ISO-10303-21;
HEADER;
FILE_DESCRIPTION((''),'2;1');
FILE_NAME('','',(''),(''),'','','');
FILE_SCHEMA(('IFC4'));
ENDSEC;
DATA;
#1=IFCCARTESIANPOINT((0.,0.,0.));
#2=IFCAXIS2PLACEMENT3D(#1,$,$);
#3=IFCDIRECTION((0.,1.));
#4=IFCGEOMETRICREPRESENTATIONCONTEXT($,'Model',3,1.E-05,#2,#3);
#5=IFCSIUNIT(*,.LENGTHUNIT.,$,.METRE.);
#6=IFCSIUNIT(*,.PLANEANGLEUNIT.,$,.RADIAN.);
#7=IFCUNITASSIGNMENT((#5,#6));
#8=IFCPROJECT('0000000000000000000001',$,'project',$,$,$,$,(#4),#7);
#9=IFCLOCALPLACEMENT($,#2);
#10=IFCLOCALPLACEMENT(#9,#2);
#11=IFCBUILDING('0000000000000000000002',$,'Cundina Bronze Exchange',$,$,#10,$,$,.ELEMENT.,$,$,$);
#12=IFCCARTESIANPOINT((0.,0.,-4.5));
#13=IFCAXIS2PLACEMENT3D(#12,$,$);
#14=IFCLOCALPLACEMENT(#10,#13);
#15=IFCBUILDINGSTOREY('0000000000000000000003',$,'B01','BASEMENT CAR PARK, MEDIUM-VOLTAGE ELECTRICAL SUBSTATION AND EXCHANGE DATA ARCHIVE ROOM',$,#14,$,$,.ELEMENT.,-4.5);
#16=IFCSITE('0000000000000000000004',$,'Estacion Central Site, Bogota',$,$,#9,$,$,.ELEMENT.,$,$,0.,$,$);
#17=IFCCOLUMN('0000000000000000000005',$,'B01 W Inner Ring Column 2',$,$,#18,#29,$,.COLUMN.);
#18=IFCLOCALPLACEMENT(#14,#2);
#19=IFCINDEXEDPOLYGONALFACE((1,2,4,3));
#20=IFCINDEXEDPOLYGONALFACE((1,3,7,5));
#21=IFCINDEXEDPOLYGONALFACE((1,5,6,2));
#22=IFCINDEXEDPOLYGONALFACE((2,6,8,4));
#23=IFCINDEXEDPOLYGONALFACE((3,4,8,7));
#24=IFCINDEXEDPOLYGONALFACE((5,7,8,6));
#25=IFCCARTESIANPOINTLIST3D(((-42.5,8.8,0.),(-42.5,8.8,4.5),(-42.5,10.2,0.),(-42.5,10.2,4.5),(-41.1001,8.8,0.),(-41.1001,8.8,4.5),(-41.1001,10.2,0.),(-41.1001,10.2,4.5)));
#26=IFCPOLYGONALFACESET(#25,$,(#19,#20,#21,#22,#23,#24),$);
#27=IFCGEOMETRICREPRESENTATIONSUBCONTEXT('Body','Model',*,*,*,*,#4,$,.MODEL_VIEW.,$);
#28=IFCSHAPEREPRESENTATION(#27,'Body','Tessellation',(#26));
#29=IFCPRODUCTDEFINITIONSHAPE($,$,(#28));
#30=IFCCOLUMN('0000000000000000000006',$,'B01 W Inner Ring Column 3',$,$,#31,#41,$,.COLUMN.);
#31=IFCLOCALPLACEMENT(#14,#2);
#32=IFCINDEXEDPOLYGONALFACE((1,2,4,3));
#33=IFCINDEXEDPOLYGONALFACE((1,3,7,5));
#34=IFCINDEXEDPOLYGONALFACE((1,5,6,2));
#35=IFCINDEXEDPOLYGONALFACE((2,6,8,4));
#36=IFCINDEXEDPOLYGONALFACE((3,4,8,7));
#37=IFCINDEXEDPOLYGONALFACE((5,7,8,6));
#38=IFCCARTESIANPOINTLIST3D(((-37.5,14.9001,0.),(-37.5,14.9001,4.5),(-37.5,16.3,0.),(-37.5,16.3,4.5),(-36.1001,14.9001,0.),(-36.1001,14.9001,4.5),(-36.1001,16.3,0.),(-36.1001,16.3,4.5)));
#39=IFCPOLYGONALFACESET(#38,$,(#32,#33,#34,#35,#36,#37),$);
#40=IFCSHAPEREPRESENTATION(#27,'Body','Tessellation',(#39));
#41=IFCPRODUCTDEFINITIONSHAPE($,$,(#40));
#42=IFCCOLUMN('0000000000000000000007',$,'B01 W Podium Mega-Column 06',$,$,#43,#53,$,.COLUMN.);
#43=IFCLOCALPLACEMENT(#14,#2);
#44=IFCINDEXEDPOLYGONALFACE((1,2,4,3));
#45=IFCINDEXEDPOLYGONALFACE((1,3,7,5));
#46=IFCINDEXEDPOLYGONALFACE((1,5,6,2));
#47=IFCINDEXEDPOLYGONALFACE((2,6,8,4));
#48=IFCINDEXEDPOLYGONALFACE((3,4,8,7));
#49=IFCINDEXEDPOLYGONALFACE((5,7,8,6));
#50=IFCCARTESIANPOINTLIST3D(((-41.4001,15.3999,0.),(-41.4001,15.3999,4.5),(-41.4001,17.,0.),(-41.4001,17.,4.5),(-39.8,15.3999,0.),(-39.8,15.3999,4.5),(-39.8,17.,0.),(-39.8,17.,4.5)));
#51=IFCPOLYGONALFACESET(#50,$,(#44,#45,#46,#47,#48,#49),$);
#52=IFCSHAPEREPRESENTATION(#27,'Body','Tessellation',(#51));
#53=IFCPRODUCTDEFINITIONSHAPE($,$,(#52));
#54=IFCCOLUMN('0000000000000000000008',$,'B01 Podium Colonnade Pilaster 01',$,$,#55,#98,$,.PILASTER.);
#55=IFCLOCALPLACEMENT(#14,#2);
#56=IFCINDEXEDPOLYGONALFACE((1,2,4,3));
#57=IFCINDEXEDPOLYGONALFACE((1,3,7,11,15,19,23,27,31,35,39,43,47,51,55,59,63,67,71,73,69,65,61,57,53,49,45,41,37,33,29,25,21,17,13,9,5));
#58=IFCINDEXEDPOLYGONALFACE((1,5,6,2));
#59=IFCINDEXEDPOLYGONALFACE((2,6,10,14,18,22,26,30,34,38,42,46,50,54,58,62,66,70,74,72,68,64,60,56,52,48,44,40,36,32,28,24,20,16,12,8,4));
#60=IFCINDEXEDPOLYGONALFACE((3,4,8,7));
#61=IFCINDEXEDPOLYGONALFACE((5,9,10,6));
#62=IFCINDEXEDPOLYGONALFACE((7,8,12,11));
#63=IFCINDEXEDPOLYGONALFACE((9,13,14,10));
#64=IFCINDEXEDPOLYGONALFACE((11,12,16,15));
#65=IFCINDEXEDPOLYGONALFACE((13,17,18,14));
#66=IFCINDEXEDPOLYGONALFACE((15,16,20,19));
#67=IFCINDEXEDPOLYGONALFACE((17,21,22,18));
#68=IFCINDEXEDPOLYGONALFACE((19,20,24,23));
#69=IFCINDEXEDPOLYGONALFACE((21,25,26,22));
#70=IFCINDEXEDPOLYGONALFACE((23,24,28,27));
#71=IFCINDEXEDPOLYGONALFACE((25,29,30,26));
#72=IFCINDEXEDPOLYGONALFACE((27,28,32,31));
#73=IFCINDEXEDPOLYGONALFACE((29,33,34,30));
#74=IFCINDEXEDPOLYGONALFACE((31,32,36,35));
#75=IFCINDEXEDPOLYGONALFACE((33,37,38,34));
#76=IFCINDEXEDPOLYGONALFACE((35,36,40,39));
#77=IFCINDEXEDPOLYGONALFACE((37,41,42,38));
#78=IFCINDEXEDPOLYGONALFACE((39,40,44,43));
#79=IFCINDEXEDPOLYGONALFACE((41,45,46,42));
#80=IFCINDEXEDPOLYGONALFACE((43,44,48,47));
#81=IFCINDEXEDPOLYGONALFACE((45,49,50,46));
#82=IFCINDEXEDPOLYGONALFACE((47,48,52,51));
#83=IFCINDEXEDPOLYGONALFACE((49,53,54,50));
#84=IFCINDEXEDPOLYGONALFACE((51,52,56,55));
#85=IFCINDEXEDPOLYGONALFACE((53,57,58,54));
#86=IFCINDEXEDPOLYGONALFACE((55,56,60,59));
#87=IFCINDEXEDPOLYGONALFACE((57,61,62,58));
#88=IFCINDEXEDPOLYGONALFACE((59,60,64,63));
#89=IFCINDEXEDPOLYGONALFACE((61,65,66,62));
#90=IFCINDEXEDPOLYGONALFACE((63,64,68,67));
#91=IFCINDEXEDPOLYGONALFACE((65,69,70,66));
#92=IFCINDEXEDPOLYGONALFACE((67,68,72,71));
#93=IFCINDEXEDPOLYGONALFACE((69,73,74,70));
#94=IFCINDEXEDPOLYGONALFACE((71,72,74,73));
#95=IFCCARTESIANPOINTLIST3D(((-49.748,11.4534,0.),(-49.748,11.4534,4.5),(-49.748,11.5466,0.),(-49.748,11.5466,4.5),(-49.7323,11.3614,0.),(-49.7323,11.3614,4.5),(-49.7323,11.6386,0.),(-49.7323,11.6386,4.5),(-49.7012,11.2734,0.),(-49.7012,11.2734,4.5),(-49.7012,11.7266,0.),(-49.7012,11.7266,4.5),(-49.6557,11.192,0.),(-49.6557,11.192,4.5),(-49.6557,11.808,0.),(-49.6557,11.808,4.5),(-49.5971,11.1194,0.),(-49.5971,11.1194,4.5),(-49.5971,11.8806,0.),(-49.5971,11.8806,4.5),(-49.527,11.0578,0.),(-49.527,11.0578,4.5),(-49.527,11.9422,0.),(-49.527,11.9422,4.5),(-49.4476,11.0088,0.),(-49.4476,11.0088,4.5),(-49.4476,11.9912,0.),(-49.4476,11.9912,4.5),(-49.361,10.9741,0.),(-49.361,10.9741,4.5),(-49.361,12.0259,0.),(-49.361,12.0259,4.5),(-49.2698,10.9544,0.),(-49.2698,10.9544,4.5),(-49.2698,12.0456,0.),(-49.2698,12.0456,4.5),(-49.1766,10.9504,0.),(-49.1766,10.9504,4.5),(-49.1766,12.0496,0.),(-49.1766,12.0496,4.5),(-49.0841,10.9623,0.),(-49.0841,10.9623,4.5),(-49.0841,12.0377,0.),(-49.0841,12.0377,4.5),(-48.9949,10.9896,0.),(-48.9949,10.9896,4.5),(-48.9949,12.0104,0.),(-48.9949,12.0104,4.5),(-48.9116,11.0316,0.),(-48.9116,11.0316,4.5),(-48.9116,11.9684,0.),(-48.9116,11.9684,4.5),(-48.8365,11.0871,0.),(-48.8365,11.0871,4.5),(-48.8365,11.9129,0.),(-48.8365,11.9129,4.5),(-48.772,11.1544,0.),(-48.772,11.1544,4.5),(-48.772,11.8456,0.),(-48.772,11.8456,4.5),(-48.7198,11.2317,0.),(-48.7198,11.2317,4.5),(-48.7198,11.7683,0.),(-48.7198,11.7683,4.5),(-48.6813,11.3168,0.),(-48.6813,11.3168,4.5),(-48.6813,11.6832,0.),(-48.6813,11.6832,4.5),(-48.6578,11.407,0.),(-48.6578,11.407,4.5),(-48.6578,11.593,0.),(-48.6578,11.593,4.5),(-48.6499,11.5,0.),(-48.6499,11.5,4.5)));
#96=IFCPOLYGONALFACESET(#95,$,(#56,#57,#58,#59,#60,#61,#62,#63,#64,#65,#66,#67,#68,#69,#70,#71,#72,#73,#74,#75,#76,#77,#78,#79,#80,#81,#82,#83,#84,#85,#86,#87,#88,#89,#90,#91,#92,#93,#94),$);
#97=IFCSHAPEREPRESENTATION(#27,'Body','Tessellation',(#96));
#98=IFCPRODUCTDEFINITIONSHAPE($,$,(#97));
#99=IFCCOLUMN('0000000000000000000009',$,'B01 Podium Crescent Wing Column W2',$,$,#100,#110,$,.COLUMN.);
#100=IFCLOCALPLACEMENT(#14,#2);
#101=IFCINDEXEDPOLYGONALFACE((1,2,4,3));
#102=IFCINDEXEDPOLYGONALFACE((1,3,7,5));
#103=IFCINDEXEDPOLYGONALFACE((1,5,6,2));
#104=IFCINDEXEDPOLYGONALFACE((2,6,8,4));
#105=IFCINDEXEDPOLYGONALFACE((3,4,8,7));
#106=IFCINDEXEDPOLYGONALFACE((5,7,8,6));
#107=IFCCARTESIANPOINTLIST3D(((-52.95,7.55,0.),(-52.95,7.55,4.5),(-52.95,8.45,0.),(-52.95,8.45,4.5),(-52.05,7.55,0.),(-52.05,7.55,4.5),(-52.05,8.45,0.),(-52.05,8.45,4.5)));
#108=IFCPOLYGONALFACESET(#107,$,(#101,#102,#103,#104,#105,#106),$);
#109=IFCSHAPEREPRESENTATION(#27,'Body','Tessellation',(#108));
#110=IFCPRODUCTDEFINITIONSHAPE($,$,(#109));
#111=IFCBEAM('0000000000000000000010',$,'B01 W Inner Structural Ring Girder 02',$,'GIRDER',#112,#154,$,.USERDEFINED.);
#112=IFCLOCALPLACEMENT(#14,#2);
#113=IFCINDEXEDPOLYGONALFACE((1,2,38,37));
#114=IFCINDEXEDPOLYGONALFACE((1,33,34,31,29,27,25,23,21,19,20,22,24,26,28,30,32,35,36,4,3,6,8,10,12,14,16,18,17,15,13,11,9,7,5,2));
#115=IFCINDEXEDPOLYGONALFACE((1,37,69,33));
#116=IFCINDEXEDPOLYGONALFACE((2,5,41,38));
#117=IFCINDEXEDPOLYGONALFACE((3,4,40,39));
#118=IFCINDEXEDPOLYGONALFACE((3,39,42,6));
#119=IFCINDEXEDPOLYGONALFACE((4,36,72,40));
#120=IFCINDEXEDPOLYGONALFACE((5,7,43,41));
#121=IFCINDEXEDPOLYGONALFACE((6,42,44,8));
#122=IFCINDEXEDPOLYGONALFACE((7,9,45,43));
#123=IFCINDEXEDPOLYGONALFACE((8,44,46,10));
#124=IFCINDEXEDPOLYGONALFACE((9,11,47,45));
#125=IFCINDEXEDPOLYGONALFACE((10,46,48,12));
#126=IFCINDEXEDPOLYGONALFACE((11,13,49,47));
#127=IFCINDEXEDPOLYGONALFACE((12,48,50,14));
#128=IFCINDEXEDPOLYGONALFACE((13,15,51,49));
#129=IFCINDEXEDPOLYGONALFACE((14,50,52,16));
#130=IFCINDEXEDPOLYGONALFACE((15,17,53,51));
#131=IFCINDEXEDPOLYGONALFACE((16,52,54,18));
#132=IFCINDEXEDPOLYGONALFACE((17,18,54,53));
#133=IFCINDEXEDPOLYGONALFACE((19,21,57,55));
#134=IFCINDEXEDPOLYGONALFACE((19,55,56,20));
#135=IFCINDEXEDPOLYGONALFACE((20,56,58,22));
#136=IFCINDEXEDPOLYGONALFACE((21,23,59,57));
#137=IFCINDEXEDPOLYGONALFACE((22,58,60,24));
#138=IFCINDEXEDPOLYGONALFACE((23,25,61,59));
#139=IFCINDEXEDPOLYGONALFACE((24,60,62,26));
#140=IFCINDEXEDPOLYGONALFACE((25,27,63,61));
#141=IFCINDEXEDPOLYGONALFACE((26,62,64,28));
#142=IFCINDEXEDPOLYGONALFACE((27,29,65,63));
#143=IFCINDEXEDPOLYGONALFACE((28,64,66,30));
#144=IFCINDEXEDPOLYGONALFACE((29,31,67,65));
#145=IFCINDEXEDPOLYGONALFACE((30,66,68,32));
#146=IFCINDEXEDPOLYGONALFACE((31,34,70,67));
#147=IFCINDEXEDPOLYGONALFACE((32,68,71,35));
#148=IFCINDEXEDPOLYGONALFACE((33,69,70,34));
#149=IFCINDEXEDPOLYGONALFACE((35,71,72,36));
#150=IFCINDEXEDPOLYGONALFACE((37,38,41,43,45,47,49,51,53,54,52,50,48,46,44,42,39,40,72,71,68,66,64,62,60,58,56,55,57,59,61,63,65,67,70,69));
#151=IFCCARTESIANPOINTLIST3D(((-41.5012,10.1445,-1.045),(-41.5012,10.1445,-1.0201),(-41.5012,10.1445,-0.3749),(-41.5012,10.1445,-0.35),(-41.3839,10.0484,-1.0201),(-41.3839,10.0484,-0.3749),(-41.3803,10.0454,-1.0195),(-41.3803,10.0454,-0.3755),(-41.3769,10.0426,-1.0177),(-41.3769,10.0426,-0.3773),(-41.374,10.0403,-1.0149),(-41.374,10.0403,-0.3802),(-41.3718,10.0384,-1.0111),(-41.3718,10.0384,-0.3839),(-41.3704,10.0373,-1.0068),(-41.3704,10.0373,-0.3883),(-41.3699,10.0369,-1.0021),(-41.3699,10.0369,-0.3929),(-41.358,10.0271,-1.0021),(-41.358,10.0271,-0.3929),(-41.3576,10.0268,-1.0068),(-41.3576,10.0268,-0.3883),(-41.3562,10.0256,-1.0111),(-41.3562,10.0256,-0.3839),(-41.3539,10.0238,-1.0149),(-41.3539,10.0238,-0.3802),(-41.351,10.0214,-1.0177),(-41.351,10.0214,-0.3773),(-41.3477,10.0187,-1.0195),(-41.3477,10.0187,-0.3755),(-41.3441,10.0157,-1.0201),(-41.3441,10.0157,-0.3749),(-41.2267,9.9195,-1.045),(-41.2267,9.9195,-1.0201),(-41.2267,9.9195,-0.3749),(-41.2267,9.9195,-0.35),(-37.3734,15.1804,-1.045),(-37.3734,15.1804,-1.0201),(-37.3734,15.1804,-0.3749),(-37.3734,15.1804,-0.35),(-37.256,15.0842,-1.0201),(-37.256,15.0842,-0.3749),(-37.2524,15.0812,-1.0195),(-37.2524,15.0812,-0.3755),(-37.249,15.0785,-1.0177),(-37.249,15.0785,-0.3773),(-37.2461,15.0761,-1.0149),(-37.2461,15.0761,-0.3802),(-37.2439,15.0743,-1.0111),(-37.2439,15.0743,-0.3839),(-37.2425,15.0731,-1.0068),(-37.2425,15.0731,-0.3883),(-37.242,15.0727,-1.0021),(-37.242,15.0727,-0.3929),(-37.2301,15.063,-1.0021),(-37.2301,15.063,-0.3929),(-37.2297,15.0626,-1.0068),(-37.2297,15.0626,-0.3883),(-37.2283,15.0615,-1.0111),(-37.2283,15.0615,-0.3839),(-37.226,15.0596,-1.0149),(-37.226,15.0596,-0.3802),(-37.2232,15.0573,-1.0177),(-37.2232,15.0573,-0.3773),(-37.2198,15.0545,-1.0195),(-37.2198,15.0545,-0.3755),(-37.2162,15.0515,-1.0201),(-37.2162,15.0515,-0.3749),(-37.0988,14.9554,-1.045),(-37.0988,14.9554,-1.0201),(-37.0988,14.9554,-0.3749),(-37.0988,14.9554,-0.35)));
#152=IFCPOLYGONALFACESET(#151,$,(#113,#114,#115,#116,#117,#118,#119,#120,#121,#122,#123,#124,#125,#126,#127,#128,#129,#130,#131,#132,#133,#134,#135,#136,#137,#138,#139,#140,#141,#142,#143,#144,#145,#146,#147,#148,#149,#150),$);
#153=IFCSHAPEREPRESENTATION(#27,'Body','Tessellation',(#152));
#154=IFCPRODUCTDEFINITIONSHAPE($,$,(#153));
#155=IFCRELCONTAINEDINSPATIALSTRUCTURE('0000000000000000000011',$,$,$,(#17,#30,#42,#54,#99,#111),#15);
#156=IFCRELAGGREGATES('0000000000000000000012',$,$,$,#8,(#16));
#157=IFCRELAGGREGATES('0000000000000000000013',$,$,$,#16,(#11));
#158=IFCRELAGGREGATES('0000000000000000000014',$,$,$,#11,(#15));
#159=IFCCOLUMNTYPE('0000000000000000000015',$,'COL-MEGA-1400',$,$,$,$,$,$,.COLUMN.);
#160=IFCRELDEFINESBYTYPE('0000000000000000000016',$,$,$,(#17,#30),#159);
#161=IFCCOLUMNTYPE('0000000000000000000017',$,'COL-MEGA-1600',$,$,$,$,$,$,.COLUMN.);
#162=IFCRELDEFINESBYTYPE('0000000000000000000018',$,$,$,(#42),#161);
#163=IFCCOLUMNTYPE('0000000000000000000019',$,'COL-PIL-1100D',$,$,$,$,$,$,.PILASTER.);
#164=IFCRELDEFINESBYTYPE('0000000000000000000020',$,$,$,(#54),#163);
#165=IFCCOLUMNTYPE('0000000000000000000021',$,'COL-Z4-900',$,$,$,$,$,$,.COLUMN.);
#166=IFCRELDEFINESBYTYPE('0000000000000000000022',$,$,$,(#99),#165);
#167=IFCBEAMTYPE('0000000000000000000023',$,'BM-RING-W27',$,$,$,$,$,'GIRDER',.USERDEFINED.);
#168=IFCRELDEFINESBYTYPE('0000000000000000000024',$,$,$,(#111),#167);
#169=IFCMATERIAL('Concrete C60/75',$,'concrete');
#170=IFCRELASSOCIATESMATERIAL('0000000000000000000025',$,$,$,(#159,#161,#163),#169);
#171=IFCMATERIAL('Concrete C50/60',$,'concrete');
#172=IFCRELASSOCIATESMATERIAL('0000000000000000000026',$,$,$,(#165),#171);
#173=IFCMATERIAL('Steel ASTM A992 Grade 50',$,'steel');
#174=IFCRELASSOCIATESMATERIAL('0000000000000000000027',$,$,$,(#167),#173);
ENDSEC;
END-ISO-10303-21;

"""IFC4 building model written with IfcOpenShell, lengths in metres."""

from ifc_helpers import new_model, si_unit, direction, frame, origin, origin_2d, place, context, subcontext, project, spatial, rectangle, circle, i_section, extrude, material, material_profile, profile_set, type_object, element, save


model = new_model("IFC4")

# Units and contexts
model_context = context("Model", 3, precision=1e-05, world=origin(), true_north=direction((0.0, 1.0)))
body_context = subcontext(model_context, "Body", "Model", "MODEL_VIEW")
ifc_project = project(units=[si_unit("LENGTHUNIT", "METRE"), si_unit("PLANEANGLEUNIT", "RADIAN")], contexts=[model_context])

# Site, building, storey
site_placement = place(None, origin())
site = spatial("IfcSite", under=ifc_project, at=site_placement, Name="Estacion Central Site, Bogota", CompositionType="ELEMENT", RefElevation=0.0)
building_placement = place(site_placement, origin())
building = spatial("IfcBuilding", under=site, at=building_placement, Name="Cundina Bronze Exchange", CompositionType="ELEMENT")
storey_placement = place(building_placement, frame((0.0, 0.0, -4.5)))
storey = spatial("IfcBuildingStorey", under=building, at=storey_placement, Name="B01", Description="BASEMENT CAR PARK, MEDIUM-VOLTAGE ELECTRICAL SUBSTATION AND EXCHANGE DATA ARCHIVE ROOM", CompositionType="ELEMENT", Elevation=-4.5)

# Columns
ifc_material_1 = material(Name="Concrete C60/75", Category="concrete")
ifc_material_profile_1 = material_profile(ifc_material_1, rectangle(XDim=1.3999, YDim=1.3999, at=origin_2d()), Name="RC1400X1400", Category="concrete")
ifc_profile_set_1 = profile_set([ifc_material_profile_1], Name="Concrete C60/75")
column_type_1 = type_object("IfcColumnType", Name="COL-MEGA-1400", PredefinedType="COLUMN", material=ifc_profile_set_1)
for number, where, z_axis, x_axis, name in (
    (1, (-41.8, 9.5, 0.0), (0.0, 0.0, 1.0), (1.0, 0.0, 0.0), "B01 W Inner Ring Column 2"),
    (2, (-36.8, 15.6001, 0.0), (0.0, 0.0, 1.0), (1.0, 0.0, 0.0), "B01 W Inner Ring Column 3"),
):
    element("IfcColumn", number, at=place(storey_placement, frame(where, z_axis=z_axis, x_axis=x_axis)), inside=storey, type_object=column_type_1, Name=name, PredefinedType="COLUMN", context=body_context, shape_type="SweptSolid", body=[
        extrude(rectangle(XDim=1.3999, YDim=1.3999, at=origin_2d()), origin(), (0.0, 0.0, 1.0), 4.5),
    ])
ifc_material_profile_2 = material_profile(ifc_material_1, rectangle(XDim=1.6001, YDim=1.6001, at=origin_2d()), Name="RC1600X1600", Category="concrete")
ifc_profile_set_2 = profile_set([ifc_material_profile_2], Name="Concrete C60/75")
column_type_2 = type_object("IfcColumnType", Name="COL-MEGA-1600", PredefinedType="COLUMN", material=ifc_profile_set_2)
column_1_placement = place(storey_placement, frame((-40.6001, 16.2, 0.0), z_axis=(0.0, 0.0, 1.0), x_axis=(1.0, 0.0, 0.0)))
element("IfcColumn", 3, at=column_1_placement, inside=storey, type_object=column_type_2, Name="B01 W Podium Mega-Column 06", PredefinedType="COLUMN", context=body_context, shape_type="SweptSolid", body=[
    extrude(rectangle(XDim=1.6001, YDim=1.6001, at=origin_2d()), origin(), (0.0, 0.0, 1.0), 4.5),
])
ifc_material_profile_3 = material_profile(ifc_material_1, circle(Radius=0.55, at=origin_2d()), Name="RC1100D", Category="concrete")
ifc_profile_set_3 = profile_set([ifc_material_profile_3], Name="Concrete C60/75")
column_type_3 = type_object("IfcColumnType", Name="COL-PIL-1100D", PredefinedType="PILASTER", material=ifc_profile_set_3)
column_2_placement = place(storey_placement, frame((-49.2, 11.5, 0.0), z_axis=(0.0, 0.0, 1.0), x_axis=(1.0, 0.0, 0.0)))
element("IfcColumn", 4, at=column_2_placement, inside=storey, type_object=column_type_3, Name="B01 Podium Colonnade Pilaster 01", PredefinedType="PILASTER", context=body_context, shape_type="SweptSolid", body=[
    extrude(circle(Radius=0.55, at=origin_2d()), origin(), (0.0, 0.0, 1.0), 4.5),
])
ifc_material_2 = material(Name="Concrete C50/60", Category="concrete")
ifc_material_profile_4 = material_profile(ifc_material_2, rectangle(XDim=0.8999, YDim=0.8999, at=origin_2d()), Name="RC900X900", Category="concrete")
ifc_profile_set_4 = profile_set([ifc_material_profile_4], Name="Concrete C50/60")
column_type_4 = type_object("IfcColumnType", Name="COL-Z4-900", PredefinedType="COLUMN", material=ifc_profile_set_4)
column_3_placement = place(storey_placement, frame((-52.5, 8.0, 0.0), z_axis=(0.0, 0.0, 1.0), x_axis=(1.0, 0.0, 0.0)))
element("IfcColumn", 5, at=column_3_placement, inside=storey, type_object=column_type_4, Name="B01 Podium Crescent Wing Column W2", PredefinedType="COLUMN", context=body_context, shape_type="SweptSolid", body=[
    extrude(rectangle(XDim=0.8999, YDim=0.8999, at=origin_2d()), origin(), (0.0, 0.0, 1.0), 4.5),
])

# Beam
ifc_material_3 = material(Name="Steel ASTM A992 Grade 50", Category="steel")
ifc_material_profile_5 = material_profile(ifc_material_3, i_section(OverallWidth=0.355, OverallDepth=0.6951, WebThickness=0.0154, FlangeThickness=0.0249, FilletRadius=0.0181, at=origin_2d()), Name="W27X146", Category="steel")
ifc_profile_set_5 = profile_set([ifc_material_profile_5], Name="Steel ASTM A992 Grade 50")
beam_type_1 = type_object("IfcBeamType", Name="BM-RING-W27", ElementType="GIRDER", PredefinedType="USERDEFINED", material=ifc_profile_set_5)
beam_1_placement = place(storey_placement, frame((-37.2361, 15.0679, -0.6975), z_axis=(-0.633942, -0.773381, 0.0), x_axis=(0.773381, -0.633942, 0.0)))
element("IfcBeam", 6, at=beam_1_placement, inside=storey, type_object=beam_type_1, Name="B01 W Inner Structural Ring Girder 02", ObjectType="GIRDER", PredefinedType="USERDEFINED", context=body_context, shape_type="SweptSolid", body=[
    extrude(i_section(OverallWidth=0.355, OverallDepth=0.6951, WebThickness=0.0154, FlangeThickness=0.0249, FilletRadius=0.0181, at=origin_2d()), origin(), (0.0, 0.0, 1.0), 6.5115),
])

save(model, "model.ifc")
